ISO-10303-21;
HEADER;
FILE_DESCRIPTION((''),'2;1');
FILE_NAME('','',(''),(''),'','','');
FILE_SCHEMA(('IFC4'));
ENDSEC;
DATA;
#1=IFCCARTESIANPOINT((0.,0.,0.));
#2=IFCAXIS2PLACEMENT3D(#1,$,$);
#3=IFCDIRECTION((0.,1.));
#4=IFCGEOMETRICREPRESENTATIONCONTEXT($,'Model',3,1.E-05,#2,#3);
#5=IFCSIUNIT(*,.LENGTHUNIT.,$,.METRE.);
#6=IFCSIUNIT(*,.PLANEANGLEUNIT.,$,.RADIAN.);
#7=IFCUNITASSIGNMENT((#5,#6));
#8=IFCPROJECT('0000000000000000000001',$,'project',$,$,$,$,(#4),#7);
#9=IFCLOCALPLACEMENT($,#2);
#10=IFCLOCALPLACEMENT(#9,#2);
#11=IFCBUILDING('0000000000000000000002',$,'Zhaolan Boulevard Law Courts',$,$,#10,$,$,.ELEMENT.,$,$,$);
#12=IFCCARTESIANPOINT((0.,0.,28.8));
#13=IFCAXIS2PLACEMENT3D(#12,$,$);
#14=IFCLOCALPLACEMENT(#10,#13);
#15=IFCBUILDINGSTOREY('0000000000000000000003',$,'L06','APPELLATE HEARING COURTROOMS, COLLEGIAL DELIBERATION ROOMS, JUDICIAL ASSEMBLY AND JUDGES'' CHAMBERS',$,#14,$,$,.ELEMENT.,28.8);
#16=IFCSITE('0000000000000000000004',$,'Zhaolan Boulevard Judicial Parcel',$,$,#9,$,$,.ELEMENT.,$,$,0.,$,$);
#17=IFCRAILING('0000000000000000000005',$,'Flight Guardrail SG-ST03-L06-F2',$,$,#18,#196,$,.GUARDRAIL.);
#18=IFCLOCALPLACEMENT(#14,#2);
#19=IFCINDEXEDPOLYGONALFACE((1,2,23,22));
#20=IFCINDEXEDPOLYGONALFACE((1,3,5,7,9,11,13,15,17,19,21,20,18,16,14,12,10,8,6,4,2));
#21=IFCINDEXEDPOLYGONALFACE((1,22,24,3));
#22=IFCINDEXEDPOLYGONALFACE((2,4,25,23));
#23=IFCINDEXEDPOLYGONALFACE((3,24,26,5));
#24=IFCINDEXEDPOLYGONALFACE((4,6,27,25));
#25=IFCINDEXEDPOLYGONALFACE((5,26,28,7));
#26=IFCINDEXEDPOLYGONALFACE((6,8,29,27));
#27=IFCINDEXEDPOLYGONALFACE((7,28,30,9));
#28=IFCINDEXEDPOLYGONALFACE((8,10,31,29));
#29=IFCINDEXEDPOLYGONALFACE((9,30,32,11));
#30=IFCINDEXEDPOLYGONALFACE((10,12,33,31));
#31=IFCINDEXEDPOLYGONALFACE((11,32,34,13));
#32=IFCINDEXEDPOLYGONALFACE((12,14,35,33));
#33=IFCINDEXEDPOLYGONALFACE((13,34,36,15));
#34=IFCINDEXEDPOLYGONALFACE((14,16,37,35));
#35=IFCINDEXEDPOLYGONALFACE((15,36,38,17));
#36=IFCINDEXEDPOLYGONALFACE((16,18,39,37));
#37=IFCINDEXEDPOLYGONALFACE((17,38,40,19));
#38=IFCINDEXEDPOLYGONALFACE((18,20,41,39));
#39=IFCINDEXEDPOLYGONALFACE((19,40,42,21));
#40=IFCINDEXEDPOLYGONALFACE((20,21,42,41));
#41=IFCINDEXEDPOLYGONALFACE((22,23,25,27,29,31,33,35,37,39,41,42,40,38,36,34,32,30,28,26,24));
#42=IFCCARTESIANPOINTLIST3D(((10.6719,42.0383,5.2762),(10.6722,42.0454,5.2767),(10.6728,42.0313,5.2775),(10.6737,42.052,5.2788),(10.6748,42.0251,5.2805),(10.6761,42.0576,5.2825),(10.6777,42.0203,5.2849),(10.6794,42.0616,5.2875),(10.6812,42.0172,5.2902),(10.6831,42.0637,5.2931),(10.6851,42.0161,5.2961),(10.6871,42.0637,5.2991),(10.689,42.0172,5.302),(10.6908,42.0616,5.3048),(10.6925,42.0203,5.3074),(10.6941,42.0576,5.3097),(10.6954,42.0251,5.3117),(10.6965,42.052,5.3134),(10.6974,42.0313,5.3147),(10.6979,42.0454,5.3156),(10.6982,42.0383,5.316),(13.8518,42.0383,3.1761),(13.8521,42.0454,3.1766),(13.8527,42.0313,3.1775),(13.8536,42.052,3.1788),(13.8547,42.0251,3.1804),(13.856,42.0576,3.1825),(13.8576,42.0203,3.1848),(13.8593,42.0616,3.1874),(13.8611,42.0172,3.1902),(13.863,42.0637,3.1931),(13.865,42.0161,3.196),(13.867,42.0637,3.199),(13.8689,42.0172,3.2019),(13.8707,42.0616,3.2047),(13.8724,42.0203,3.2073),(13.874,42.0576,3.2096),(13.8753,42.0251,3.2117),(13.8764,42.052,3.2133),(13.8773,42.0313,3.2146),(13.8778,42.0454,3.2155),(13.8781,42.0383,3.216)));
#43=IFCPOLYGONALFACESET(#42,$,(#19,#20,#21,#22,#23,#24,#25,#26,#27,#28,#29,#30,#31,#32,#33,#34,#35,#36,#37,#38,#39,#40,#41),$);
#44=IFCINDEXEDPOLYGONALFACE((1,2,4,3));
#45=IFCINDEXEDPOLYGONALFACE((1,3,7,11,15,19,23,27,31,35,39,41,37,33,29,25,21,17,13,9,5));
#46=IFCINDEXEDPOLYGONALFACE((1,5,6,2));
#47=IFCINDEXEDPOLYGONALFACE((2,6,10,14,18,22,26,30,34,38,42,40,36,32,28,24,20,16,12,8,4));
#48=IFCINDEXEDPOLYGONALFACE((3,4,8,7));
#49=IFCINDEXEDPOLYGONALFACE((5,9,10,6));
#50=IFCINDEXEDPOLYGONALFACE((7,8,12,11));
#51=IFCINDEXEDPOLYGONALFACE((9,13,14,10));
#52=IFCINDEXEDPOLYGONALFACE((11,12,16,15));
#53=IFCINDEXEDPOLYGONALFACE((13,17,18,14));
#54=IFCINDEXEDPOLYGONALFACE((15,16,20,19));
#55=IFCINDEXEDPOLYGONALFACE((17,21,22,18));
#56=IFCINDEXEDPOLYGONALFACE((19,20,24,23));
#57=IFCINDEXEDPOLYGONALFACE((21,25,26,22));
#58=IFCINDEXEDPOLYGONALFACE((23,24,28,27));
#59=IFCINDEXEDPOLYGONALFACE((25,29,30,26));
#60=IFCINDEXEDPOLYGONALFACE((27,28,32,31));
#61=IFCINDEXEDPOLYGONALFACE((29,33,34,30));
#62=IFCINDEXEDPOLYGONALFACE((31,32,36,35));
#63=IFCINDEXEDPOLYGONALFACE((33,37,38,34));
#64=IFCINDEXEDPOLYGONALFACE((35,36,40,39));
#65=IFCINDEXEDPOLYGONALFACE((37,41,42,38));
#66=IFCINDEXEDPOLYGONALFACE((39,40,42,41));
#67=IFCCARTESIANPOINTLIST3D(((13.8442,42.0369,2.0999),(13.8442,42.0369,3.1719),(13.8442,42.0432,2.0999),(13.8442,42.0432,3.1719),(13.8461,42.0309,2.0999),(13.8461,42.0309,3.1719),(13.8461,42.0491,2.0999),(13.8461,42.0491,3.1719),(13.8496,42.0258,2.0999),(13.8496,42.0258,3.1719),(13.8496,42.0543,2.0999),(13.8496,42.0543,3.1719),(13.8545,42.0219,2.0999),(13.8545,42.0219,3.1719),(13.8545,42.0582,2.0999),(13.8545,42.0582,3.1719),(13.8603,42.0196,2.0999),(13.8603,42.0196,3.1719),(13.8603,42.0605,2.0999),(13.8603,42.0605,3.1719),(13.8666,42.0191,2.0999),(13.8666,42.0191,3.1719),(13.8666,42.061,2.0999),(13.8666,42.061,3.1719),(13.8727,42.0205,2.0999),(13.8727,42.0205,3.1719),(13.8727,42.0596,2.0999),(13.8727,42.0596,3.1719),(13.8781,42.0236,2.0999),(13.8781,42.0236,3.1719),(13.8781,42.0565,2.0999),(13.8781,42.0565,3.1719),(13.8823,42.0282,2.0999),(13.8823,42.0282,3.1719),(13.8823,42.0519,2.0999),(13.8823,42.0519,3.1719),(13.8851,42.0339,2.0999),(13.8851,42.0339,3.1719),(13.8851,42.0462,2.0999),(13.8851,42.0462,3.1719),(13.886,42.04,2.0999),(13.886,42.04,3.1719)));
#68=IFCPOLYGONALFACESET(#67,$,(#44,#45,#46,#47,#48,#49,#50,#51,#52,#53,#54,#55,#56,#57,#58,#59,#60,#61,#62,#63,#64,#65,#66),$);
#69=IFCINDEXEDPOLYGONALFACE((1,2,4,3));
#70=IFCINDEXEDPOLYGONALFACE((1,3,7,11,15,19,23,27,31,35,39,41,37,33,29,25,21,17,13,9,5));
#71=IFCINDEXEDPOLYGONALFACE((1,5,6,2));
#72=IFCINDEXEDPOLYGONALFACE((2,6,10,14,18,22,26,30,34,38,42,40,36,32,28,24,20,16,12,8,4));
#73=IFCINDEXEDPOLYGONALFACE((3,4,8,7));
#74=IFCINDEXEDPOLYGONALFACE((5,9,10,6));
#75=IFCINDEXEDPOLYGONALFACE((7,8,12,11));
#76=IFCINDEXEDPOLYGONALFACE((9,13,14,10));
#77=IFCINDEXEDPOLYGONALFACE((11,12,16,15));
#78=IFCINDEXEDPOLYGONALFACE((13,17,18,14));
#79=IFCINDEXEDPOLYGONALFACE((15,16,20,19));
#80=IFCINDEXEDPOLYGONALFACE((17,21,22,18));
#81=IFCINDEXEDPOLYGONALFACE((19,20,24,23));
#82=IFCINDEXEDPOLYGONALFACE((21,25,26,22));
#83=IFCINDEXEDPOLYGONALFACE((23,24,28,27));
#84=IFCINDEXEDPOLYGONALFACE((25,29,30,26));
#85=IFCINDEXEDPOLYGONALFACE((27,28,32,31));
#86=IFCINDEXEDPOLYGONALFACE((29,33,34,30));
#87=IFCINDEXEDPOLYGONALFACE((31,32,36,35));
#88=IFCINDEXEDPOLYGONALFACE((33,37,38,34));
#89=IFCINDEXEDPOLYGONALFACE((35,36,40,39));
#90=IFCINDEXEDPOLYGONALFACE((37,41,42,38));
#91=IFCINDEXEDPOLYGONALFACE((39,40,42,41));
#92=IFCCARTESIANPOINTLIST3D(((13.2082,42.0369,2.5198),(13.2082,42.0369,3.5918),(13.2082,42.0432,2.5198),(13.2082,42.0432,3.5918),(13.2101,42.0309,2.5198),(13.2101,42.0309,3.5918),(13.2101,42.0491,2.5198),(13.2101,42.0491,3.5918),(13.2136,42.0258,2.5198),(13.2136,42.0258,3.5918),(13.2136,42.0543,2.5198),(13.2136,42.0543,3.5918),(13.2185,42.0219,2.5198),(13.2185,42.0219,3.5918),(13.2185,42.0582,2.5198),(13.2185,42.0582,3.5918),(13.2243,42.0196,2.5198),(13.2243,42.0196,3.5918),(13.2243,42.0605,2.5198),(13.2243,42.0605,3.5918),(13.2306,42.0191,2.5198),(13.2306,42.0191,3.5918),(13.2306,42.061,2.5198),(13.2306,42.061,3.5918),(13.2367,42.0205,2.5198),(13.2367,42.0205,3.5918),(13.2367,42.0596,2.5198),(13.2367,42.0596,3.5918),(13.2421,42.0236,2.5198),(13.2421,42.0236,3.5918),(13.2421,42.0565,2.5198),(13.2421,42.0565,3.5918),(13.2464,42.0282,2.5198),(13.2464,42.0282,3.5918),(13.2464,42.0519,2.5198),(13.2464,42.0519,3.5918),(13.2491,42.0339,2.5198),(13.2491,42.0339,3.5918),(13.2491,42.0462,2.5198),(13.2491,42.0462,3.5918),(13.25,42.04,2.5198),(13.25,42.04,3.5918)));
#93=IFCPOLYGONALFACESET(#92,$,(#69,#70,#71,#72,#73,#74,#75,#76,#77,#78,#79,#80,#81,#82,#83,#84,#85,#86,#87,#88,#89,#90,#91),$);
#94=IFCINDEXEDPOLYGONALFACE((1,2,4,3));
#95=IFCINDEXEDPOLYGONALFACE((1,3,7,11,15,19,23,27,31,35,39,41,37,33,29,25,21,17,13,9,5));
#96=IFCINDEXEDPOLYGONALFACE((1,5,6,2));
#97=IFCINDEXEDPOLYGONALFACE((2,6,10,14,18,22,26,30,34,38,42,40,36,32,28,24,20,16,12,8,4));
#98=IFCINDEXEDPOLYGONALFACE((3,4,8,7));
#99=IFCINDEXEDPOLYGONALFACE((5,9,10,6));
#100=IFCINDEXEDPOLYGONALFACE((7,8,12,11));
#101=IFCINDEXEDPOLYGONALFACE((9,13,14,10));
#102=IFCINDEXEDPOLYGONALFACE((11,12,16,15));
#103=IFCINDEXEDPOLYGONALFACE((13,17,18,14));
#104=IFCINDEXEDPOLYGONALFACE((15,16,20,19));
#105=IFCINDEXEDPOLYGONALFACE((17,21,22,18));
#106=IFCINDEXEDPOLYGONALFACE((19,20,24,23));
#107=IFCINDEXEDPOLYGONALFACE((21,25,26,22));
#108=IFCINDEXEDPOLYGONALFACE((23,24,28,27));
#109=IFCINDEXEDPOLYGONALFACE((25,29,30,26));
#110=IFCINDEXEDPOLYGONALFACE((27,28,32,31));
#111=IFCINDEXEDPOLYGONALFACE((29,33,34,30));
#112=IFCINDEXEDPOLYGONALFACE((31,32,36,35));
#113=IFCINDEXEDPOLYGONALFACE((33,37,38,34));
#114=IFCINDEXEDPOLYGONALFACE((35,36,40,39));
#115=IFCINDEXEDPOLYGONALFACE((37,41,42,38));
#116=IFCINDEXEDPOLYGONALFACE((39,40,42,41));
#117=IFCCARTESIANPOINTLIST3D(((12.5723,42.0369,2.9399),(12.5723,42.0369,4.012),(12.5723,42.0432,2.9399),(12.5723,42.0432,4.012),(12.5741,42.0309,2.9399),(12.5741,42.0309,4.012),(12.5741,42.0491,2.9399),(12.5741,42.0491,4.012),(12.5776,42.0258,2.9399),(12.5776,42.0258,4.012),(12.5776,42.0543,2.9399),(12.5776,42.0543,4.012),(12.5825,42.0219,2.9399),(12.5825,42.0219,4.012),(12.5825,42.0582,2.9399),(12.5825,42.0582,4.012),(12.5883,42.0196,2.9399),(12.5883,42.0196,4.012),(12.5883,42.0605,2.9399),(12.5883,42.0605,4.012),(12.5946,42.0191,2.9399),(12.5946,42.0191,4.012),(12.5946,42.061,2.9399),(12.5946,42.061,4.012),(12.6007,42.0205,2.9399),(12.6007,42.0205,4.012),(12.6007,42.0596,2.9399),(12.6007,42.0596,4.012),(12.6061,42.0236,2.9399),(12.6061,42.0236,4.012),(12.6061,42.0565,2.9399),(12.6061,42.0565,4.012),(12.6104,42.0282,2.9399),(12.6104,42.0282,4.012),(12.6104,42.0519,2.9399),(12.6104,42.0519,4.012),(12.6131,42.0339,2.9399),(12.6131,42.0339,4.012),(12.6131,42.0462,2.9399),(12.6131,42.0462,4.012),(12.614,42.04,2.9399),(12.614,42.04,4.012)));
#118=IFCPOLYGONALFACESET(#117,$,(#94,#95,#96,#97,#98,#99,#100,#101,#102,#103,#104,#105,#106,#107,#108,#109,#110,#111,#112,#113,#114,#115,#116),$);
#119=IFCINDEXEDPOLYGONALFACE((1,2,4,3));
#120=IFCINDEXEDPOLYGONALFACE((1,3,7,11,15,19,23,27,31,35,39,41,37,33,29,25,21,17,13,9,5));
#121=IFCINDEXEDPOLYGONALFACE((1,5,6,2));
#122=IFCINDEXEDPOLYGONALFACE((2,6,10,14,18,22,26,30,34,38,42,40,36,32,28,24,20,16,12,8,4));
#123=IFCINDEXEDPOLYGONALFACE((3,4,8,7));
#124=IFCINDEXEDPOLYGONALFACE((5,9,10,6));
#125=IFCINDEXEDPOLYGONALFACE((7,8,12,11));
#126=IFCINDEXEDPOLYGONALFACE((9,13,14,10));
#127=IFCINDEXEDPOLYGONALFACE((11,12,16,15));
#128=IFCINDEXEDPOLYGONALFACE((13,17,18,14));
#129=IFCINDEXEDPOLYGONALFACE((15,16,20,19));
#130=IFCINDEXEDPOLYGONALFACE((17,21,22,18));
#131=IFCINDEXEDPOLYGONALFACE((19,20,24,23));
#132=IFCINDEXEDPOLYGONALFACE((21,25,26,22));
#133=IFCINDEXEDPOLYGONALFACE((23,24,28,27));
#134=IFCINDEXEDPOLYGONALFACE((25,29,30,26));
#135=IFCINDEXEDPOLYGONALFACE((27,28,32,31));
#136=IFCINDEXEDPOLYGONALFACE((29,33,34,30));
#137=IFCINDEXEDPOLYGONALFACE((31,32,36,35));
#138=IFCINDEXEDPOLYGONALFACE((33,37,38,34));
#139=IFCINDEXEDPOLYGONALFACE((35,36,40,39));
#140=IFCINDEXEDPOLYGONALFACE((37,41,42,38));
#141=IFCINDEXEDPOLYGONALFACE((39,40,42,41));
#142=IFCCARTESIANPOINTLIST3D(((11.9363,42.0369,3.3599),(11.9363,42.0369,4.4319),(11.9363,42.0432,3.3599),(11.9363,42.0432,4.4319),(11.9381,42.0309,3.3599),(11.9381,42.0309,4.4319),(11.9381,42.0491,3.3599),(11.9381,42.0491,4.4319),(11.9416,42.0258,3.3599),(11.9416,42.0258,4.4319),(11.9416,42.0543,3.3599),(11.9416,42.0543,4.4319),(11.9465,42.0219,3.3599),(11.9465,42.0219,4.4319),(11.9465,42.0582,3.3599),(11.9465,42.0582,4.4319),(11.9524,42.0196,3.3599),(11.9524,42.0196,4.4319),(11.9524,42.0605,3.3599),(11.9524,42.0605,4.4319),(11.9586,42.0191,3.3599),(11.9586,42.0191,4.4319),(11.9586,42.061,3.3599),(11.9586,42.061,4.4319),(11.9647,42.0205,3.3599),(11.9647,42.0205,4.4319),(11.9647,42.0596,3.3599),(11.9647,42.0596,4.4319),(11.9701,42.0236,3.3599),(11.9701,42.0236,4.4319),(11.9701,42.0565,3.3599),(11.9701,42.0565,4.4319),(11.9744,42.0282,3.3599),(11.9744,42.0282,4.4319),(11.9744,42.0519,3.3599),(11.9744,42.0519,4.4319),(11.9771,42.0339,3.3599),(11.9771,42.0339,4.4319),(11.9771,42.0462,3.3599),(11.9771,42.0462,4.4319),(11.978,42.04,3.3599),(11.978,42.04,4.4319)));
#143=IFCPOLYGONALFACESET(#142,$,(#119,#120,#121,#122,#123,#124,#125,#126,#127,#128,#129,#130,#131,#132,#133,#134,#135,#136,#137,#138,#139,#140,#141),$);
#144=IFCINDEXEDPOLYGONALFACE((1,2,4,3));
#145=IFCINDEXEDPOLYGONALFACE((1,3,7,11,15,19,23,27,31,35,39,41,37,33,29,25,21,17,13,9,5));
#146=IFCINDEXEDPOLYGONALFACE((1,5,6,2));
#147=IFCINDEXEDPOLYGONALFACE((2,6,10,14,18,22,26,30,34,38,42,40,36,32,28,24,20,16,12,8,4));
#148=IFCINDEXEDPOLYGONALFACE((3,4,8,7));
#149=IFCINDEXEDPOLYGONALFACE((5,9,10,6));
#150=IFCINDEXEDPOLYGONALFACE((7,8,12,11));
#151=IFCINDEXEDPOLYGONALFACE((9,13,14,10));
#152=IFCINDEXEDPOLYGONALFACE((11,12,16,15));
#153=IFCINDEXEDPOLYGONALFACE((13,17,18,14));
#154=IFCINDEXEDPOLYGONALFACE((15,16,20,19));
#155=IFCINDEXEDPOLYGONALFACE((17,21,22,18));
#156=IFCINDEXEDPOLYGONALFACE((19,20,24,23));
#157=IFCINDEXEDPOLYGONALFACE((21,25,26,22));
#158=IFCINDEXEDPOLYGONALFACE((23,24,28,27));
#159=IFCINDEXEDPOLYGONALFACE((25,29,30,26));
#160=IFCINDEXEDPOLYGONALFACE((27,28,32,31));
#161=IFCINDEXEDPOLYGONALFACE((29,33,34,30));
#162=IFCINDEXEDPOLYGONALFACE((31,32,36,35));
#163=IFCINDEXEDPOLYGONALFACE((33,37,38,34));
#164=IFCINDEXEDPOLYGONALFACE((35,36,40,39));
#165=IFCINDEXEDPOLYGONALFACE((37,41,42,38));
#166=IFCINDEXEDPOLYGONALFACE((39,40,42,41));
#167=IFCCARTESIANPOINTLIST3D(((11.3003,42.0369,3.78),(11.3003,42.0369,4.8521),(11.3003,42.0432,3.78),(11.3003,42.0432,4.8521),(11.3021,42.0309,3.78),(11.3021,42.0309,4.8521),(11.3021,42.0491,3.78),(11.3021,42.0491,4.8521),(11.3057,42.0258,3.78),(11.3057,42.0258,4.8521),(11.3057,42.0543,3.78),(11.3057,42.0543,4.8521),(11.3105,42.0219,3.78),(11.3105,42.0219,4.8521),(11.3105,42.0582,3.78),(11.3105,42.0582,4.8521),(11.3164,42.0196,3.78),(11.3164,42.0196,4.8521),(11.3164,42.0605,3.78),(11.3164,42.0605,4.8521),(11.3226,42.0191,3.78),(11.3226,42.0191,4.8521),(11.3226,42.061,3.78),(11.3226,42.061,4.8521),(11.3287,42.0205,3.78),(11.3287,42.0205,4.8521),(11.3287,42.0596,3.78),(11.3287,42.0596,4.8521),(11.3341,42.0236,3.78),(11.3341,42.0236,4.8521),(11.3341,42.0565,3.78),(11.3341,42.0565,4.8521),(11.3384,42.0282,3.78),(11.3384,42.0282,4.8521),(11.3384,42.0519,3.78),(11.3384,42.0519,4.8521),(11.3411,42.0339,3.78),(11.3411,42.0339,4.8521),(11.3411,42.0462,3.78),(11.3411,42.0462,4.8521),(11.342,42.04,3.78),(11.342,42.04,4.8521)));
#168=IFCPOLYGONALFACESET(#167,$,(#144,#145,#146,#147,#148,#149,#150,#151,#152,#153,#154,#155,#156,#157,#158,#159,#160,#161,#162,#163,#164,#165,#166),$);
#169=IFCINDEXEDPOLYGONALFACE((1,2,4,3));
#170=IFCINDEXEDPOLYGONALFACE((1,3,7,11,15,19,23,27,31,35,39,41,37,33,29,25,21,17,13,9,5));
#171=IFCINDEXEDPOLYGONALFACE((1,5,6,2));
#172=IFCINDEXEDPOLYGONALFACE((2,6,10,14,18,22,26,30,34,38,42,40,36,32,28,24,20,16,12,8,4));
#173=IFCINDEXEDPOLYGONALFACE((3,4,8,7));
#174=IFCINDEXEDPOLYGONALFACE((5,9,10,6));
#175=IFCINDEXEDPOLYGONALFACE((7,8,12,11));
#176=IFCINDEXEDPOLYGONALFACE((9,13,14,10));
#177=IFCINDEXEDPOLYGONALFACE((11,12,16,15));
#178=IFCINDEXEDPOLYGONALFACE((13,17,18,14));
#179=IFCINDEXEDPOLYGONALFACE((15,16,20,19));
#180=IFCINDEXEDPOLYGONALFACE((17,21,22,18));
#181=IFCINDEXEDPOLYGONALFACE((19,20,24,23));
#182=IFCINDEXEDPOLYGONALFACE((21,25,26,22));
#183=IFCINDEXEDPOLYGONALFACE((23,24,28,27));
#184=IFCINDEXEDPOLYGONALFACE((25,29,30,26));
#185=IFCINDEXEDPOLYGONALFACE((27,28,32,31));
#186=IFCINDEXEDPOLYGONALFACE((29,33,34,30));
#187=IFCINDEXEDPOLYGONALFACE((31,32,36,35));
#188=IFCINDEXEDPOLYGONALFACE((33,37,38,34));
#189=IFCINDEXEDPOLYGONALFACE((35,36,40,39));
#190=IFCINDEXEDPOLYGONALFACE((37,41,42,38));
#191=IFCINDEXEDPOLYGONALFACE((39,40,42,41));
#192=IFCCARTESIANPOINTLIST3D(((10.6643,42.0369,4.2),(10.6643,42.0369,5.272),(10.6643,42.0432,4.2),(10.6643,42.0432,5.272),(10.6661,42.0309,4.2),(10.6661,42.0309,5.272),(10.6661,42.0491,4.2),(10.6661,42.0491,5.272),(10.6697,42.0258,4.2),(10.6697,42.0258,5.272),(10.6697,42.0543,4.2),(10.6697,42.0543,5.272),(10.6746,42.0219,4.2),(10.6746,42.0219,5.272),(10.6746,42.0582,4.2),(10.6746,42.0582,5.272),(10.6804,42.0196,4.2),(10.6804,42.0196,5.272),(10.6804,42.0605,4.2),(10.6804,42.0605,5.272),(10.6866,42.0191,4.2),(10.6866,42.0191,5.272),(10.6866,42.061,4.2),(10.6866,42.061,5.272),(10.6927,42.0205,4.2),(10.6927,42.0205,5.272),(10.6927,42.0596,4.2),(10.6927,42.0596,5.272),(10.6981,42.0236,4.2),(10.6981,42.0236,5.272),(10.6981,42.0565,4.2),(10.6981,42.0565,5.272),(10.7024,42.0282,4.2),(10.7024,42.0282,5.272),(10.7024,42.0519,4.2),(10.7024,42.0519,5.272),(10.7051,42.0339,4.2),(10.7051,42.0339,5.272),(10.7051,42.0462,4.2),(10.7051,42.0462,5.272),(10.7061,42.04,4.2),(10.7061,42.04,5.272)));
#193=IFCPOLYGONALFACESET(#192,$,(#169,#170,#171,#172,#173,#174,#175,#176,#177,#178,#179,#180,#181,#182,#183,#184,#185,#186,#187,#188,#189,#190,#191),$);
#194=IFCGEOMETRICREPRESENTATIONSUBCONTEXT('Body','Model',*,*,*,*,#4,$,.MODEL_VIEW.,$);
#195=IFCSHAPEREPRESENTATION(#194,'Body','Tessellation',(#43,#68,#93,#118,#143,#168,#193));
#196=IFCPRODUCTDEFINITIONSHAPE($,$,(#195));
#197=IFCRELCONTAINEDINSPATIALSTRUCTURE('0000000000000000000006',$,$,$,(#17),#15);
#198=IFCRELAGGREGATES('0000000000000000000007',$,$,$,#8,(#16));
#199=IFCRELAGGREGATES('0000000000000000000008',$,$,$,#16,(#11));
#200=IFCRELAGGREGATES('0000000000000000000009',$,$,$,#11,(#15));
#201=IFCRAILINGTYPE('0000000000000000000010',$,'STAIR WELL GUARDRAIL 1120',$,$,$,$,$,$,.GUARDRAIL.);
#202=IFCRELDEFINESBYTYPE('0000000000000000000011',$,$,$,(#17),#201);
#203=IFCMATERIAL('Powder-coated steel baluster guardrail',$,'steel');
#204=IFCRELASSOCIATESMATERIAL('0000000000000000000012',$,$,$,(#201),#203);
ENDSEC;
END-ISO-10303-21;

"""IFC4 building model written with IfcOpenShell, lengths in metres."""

from ifc_helpers import new_model, si_unit, direction, frame, origin, origin_2d, place, context, subcontext, project, spatial, circle, extrude, material, type_object, element, save


model = new_model("IFC4")

# Units and contexts
model_context = context("Model", 3, precision=1e-05, world=origin(), true_north=direction((0.0, 1.0)))
body_context = subcontext(model_context, "Body", "Model", "MODEL_VIEW")
ifc_project = project(units=[si_unit("LENGTHUNIT", "METRE"), si_unit("PLANEANGLEUNIT", "RADIAN")], contexts=[model_context])

# Site, building, storey
site_placement = place(None, origin())
site = spatial("IfcSite", under=ifc_project, at=site_placement, Name="Zhaolan Boulevard Judicial Parcel", CompositionType="ELEMENT", RefElevation=0.0)
building_placement = place(site_placement, origin())
building = spatial("IfcBuilding", under=site, at=building_placement, Name="Zhaolan Boulevard Law Courts", CompositionType="ELEMENT")
storey_placement = place(building_placement, frame((0.0, 0.0, 28.8)))
storey = spatial("IfcBuildingStorey", under=building, at=storey_placement, Name="L06", Description="APPELLATE HEARING COURTROOMS, COLLEGIAL DELIBERATION ROOMS, JUDICIAL ASSEMBLY AND JUDGES' CHAMBERS", CompositionType="ELEMENT", Elevation=28.8)

# Railing
ifc_material_1 = material(Name="Powder-coated steel baluster guardrail", Category="steel")
railing_type_1 = type_object("IfcRailingType", Name="STAIR WELL GUARDRAIL 1120", PredefinedType="GUARDRAIL", material=ifc_material_1)
railing_1_placement = place(storey_placement, frame((13.865, 42.04, 2.0999)))
element("IfcRailing", 1, at=railing_1_placement, inside=storey, type_object=railing_type_1, Name="Flight Guardrail SG-ST03-L06-F2", PredefinedType="GUARDRAIL", context=body_context, shape_type="SweptSolid", body=[
    extrude(circle(Radius=0.0239, at=origin_2d()), frame((0.0, 0.0, 1.0962), z_axis=(-0.834447, 0.0, 0.551088), x_axis=(0.0, -1.0, 0.0)), (0.0, 0.0, 1.0), 3.8108),
    extrude(circle(Radius=0.021, at=origin_2d()), origin(), (0.0, 0.0, 1.0), 1.072),
    extrude(circle(Radius=0.021, at=origin_2d()), frame((-0.636, 0.0, 0.4199)), (0.0, 0.0, 1.0), 1.072),
    extrude(circle(Radius=0.021, at=origin_2d()), frame((-1.272, 0.0, 0.8401)), (0.0, 0.0, 1.0), 1.072),
    extrude(circle(Radius=0.021, at=origin_2d()), frame((-1.908, 0.0, 1.26)), (0.0, 0.0, 1.0), 1.072),
    extrude(circle(Radius=0.021, at=origin_2d()), frame((-2.5439, 0.0, 1.6802)), (0.0, 0.0, 1.0), 1.072),
    extrude(circle(Radius=0.021, at=origin_2d()), frame((-3.1799, 0.0, 2.1001)), (0.0, 0.0, 1.0), 1.072),
])

save(model, "model.ifc")
